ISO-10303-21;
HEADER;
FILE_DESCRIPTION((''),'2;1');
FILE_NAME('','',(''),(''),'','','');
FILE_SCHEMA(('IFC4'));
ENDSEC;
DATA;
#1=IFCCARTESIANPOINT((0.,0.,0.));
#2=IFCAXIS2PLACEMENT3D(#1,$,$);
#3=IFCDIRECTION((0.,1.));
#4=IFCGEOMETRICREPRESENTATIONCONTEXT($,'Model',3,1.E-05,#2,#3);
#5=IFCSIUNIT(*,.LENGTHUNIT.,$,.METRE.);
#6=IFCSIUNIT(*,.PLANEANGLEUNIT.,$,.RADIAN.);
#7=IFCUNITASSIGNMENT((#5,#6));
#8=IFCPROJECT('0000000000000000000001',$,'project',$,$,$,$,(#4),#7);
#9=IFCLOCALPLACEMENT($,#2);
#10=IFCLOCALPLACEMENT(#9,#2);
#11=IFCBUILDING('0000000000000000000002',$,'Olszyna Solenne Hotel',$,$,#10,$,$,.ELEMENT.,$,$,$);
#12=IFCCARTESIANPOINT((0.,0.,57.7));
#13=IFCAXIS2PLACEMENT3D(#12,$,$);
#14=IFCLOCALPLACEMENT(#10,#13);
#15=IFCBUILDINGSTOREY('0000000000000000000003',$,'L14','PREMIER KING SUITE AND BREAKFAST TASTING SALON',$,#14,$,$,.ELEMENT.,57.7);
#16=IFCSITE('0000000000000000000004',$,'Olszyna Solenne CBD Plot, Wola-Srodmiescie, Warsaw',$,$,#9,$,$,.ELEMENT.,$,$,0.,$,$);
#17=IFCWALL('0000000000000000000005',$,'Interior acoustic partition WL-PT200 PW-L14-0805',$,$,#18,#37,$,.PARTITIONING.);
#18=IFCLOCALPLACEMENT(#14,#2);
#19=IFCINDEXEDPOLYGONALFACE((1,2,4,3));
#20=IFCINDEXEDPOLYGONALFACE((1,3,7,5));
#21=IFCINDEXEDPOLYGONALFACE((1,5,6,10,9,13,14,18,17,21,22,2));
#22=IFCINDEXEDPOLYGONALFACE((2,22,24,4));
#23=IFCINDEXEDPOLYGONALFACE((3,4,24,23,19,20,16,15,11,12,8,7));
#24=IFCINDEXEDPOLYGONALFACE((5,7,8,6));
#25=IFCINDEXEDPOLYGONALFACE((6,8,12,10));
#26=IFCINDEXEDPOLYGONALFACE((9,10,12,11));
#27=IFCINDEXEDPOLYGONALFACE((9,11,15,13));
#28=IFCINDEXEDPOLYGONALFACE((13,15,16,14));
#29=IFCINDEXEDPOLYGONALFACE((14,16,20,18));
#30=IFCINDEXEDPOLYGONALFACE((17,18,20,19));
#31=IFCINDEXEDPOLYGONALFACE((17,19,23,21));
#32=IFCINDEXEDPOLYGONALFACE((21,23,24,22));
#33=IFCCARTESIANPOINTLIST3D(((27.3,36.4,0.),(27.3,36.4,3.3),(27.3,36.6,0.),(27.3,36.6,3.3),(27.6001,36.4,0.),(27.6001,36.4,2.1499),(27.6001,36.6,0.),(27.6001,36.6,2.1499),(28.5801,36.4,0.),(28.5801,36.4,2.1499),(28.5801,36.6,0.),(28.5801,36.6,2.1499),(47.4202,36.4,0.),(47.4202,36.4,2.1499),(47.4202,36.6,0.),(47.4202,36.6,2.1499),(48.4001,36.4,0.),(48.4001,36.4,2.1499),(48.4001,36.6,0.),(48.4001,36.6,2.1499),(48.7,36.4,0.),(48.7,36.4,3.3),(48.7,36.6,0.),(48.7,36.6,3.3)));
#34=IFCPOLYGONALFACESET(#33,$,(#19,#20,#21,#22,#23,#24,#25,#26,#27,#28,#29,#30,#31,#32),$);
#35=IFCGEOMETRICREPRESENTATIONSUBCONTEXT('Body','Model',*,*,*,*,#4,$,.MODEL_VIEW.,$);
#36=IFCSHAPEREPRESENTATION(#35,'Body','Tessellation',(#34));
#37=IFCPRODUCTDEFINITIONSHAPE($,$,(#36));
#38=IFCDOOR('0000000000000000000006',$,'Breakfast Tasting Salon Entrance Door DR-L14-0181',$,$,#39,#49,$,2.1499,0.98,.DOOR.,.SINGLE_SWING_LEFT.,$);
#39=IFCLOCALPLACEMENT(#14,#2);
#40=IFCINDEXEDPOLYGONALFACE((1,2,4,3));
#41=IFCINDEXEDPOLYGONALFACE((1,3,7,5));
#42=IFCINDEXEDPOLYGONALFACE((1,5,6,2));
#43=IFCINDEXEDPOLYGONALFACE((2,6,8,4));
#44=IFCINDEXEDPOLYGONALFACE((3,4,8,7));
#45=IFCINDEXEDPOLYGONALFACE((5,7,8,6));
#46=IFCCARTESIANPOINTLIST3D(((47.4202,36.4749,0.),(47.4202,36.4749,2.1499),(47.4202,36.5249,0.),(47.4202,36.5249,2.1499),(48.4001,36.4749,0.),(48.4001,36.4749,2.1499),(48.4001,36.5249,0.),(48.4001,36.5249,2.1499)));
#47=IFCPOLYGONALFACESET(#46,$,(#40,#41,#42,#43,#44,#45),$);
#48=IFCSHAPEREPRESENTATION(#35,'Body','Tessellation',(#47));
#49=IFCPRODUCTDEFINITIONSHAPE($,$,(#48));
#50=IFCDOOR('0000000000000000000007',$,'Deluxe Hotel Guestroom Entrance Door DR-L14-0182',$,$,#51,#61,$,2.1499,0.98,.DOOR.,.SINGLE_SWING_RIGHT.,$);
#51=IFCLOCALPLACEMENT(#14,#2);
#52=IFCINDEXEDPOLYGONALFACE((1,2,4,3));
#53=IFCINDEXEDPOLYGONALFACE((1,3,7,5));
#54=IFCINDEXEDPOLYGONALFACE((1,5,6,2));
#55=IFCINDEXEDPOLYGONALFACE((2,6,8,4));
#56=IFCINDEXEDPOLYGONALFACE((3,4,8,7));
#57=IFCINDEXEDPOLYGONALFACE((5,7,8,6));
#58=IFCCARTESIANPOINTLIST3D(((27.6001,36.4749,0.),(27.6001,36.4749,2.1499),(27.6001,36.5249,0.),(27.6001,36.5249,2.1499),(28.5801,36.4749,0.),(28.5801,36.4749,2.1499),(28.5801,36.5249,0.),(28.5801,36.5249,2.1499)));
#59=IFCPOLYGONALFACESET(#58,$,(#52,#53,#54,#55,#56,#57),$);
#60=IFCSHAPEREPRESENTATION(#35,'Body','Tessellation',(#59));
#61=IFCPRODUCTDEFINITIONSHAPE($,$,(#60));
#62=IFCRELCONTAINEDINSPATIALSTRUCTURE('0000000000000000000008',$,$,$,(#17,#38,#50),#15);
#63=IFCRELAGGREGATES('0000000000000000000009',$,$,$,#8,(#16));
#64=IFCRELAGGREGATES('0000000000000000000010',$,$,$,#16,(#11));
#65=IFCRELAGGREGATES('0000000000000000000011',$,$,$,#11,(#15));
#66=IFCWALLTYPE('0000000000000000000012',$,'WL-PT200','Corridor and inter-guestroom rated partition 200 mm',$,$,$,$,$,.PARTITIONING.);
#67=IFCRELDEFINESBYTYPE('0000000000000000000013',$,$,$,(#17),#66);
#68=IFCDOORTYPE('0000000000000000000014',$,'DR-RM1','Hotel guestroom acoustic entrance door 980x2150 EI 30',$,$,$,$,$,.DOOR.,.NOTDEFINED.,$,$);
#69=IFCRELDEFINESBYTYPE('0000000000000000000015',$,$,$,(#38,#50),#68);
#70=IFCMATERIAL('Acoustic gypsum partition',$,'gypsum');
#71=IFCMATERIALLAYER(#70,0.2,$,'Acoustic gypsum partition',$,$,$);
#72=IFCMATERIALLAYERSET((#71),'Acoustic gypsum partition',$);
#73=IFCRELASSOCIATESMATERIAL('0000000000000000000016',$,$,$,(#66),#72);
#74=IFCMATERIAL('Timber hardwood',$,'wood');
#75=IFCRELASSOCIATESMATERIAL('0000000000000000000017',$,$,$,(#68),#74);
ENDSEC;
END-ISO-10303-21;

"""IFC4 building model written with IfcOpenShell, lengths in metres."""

from ifc_helpers import new_model, si_unit, direction, frame, frame_2d, origin, place, context, subcontext, project, spatial, rectangle, extrude, source, transform, mapped, material, layer, layer_set, type_object, type_shapes, element, fill, save


model = new_model("IFC4")

# Units and contexts
model_context = context("Model", 3, precision=1e-05, world=origin(), true_north=direction((0.0, 1.0)))
body_context = subcontext(model_context, "Body", "Model", "MODEL_VIEW")
ifc_project = project(units=[si_unit("LENGTHUNIT", "METRE"), si_unit("PLANEANGLEUNIT", "RADIAN")], contexts=[model_context])

# Site, building, storey
site_placement = place(None, origin())
site = spatial("IfcSite", under=ifc_project, at=site_placement, Name="Olszyna Solenne CBD Plot, Wola-Srodmiescie, Warsaw", CompositionType="ELEMENT", RefElevation=0.0)
building_placement = place(site_placement, origin())
building = spatial("IfcBuilding", under=site, at=building_placement, Name="Olszyna Solenne Hotel", CompositionType="ELEMENT")
storey_placement = place(building_placement, frame((0.0, 0.0, 57.7)))
storey = spatial("IfcBuildingStorey", under=building, at=storey_placement, Name="L14", Description="PREMIER KING SUITE AND BREAKFAST TASTING SALON", CompositionType="ELEMENT", Elevation=57.7)

# Shared definitions
ifc_material_1 = material(Name="Acoustic gypsum partition", Category="gypsum")
ifc_material_2 = material(Name="Timber hardwood", Category="wood")

# Wall, openings, doors
ifc_layer_1 = layer(ifc_material_1, 0.2, Name="Acoustic gypsum partition")
ifc_layer_set_1 = layer_set([ifc_layer_1], Name="Acoustic gypsum partition")
wall_type_1 = type_object("IfcWallType", Name="WL-PT200", Description="Corridor and inter-guestroom rated partition 200 mm", PredefinedType="PARTITIONING", material=ifc_layer_set_1)
wall_1_placement = place(storey_placement, frame((27.3, 36.5, 0.0), z_axis=(0.0, 0.0, 1.0), x_axis=(1.0, 0.0, 0.0)))
wall_1 = element("IfcWall", 1, at=wall_1_placement, inside=storey, type_object=wall_type_1, Name="Interior acoustic partition WL-PT200 PW-L14-0805", PredefinedType="PARTITIONING", context=body_context, shape_type="SweptSolid", body=[
    extrude(rectangle(XDim=21.3999, YDim=0.2, at=frame_2d((10.7, 0.0))), origin(), (0.0, 0.0, 1.0), 3.3),
])
opening_1_placement = place(wall_1_placement, frame((20.1201, 0.0, 0.0)))
opening_1 = element("IfcOpeningElement", 2, at=opening_1_placement, cuts=wall_1, PredefinedType="OPENING", context=body_context, shape_type="SweptSolid", body=[
    extrude(rectangle(XDim=0.98, YDim=2.1499, at=frame_2d((0.49, 1.075))), frame((0.0, 0.1099, 0.0), z_axis=(0.0, -1.0, 0.0), x_axis=(1.0, 0.0, 0.0)), (0.0, 0.0, 1.0), 0.22),
])
opening_2_placement = place(wall_1_placement, frame((0.3, 0.0, 0.0)))
opening_2 = element("IfcOpeningElement", 3, at=opening_2_placement, cuts=wall_1, PredefinedType="OPENING", context=body_context, shape_type="SweptSolid", body=[
    extrude(rectangle(XDim=0.98, YDim=2.1499, at=frame_2d((0.49, 1.075))), frame((0.0, 0.1099, 0.0), z_axis=(0.0, -1.0, 0.0), x_axis=(1.0, 0.0, 0.0)), (0.0, 0.0, 1.0), 0.22),
])
door_type_1 = type_object("IfcDoorType", Name="DR-RM1", Description="Hotel guestroom acoustic entrance door 980x2150 EI 30", OperationType="NOTDEFINED", PredefinedType="DOOR", material=ifc_material_2)
shared_shape_1 = source(origin(), body_context, "Body", "SweptSolid", [
    extrude(rectangle(XDim=0.98, YDim=2.1499, at=frame_2d((0.49, 1.075))), frame((0.0, 0.0249, 0.0), z_axis=(0.0, -1.0, 0.0), x_axis=(1.0, 0.0, 0.0)), (0.0, 0.0, 1.0), 0.05),
])
type_shapes(door_type_1, [shared_shape_1])
door_1_placement = place(opening_1_placement, origin())
door_1 = element("IfcDoor", 4, at=door_1_placement, inside=storey, type_object=door_type_1, Name="Breakfast Tasting Salon Entrance Door DR-L14-0181", OperationType="SINGLE_SWING_LEFT", OverallHeight=2.1499, OverallWidth=0.98, PredefinedType="DOOR", context=body_context, shape_type="MappedRepresentation", body=[
    mapped(shared_shape_1, transform((0.0, 0.0, 0.0), x_axis=(1.0, 0.0, 0.0), y_axis=(0.0, 1.0, 0.0), z_axis=(0.0, 0.0, 1.0), scale=1.0)),
])
fill(opening_1, door_1)
door_2_placement = place(opening_2_placement, origin())
door_2 = element("IfcDoor", 5, at=door_2_placement, inside=storey, type_object=door_type_1, Name="Deluxe Hotel Guestroom Entrance Door DR-L14-0182", OperationType="SINGLE_SWING_RIGHT", OverallHeight=2.1499, OverallWidth=0.98, PredefinedType="DOOR", context=body_context, shape_type="MappedRepresentation", body=[
    mapped(shared_shape_1, transform((0.0, 0.0, 0.0), x_axis=(1.0, 0.0, 0.0), y_axis=(0.0, 1.0, 0.0), z_axis=(0.0, 0.0, 1.0), scale=1.0)),
])
fill(opening_2, door_2)

save(model, "model.ifc")
